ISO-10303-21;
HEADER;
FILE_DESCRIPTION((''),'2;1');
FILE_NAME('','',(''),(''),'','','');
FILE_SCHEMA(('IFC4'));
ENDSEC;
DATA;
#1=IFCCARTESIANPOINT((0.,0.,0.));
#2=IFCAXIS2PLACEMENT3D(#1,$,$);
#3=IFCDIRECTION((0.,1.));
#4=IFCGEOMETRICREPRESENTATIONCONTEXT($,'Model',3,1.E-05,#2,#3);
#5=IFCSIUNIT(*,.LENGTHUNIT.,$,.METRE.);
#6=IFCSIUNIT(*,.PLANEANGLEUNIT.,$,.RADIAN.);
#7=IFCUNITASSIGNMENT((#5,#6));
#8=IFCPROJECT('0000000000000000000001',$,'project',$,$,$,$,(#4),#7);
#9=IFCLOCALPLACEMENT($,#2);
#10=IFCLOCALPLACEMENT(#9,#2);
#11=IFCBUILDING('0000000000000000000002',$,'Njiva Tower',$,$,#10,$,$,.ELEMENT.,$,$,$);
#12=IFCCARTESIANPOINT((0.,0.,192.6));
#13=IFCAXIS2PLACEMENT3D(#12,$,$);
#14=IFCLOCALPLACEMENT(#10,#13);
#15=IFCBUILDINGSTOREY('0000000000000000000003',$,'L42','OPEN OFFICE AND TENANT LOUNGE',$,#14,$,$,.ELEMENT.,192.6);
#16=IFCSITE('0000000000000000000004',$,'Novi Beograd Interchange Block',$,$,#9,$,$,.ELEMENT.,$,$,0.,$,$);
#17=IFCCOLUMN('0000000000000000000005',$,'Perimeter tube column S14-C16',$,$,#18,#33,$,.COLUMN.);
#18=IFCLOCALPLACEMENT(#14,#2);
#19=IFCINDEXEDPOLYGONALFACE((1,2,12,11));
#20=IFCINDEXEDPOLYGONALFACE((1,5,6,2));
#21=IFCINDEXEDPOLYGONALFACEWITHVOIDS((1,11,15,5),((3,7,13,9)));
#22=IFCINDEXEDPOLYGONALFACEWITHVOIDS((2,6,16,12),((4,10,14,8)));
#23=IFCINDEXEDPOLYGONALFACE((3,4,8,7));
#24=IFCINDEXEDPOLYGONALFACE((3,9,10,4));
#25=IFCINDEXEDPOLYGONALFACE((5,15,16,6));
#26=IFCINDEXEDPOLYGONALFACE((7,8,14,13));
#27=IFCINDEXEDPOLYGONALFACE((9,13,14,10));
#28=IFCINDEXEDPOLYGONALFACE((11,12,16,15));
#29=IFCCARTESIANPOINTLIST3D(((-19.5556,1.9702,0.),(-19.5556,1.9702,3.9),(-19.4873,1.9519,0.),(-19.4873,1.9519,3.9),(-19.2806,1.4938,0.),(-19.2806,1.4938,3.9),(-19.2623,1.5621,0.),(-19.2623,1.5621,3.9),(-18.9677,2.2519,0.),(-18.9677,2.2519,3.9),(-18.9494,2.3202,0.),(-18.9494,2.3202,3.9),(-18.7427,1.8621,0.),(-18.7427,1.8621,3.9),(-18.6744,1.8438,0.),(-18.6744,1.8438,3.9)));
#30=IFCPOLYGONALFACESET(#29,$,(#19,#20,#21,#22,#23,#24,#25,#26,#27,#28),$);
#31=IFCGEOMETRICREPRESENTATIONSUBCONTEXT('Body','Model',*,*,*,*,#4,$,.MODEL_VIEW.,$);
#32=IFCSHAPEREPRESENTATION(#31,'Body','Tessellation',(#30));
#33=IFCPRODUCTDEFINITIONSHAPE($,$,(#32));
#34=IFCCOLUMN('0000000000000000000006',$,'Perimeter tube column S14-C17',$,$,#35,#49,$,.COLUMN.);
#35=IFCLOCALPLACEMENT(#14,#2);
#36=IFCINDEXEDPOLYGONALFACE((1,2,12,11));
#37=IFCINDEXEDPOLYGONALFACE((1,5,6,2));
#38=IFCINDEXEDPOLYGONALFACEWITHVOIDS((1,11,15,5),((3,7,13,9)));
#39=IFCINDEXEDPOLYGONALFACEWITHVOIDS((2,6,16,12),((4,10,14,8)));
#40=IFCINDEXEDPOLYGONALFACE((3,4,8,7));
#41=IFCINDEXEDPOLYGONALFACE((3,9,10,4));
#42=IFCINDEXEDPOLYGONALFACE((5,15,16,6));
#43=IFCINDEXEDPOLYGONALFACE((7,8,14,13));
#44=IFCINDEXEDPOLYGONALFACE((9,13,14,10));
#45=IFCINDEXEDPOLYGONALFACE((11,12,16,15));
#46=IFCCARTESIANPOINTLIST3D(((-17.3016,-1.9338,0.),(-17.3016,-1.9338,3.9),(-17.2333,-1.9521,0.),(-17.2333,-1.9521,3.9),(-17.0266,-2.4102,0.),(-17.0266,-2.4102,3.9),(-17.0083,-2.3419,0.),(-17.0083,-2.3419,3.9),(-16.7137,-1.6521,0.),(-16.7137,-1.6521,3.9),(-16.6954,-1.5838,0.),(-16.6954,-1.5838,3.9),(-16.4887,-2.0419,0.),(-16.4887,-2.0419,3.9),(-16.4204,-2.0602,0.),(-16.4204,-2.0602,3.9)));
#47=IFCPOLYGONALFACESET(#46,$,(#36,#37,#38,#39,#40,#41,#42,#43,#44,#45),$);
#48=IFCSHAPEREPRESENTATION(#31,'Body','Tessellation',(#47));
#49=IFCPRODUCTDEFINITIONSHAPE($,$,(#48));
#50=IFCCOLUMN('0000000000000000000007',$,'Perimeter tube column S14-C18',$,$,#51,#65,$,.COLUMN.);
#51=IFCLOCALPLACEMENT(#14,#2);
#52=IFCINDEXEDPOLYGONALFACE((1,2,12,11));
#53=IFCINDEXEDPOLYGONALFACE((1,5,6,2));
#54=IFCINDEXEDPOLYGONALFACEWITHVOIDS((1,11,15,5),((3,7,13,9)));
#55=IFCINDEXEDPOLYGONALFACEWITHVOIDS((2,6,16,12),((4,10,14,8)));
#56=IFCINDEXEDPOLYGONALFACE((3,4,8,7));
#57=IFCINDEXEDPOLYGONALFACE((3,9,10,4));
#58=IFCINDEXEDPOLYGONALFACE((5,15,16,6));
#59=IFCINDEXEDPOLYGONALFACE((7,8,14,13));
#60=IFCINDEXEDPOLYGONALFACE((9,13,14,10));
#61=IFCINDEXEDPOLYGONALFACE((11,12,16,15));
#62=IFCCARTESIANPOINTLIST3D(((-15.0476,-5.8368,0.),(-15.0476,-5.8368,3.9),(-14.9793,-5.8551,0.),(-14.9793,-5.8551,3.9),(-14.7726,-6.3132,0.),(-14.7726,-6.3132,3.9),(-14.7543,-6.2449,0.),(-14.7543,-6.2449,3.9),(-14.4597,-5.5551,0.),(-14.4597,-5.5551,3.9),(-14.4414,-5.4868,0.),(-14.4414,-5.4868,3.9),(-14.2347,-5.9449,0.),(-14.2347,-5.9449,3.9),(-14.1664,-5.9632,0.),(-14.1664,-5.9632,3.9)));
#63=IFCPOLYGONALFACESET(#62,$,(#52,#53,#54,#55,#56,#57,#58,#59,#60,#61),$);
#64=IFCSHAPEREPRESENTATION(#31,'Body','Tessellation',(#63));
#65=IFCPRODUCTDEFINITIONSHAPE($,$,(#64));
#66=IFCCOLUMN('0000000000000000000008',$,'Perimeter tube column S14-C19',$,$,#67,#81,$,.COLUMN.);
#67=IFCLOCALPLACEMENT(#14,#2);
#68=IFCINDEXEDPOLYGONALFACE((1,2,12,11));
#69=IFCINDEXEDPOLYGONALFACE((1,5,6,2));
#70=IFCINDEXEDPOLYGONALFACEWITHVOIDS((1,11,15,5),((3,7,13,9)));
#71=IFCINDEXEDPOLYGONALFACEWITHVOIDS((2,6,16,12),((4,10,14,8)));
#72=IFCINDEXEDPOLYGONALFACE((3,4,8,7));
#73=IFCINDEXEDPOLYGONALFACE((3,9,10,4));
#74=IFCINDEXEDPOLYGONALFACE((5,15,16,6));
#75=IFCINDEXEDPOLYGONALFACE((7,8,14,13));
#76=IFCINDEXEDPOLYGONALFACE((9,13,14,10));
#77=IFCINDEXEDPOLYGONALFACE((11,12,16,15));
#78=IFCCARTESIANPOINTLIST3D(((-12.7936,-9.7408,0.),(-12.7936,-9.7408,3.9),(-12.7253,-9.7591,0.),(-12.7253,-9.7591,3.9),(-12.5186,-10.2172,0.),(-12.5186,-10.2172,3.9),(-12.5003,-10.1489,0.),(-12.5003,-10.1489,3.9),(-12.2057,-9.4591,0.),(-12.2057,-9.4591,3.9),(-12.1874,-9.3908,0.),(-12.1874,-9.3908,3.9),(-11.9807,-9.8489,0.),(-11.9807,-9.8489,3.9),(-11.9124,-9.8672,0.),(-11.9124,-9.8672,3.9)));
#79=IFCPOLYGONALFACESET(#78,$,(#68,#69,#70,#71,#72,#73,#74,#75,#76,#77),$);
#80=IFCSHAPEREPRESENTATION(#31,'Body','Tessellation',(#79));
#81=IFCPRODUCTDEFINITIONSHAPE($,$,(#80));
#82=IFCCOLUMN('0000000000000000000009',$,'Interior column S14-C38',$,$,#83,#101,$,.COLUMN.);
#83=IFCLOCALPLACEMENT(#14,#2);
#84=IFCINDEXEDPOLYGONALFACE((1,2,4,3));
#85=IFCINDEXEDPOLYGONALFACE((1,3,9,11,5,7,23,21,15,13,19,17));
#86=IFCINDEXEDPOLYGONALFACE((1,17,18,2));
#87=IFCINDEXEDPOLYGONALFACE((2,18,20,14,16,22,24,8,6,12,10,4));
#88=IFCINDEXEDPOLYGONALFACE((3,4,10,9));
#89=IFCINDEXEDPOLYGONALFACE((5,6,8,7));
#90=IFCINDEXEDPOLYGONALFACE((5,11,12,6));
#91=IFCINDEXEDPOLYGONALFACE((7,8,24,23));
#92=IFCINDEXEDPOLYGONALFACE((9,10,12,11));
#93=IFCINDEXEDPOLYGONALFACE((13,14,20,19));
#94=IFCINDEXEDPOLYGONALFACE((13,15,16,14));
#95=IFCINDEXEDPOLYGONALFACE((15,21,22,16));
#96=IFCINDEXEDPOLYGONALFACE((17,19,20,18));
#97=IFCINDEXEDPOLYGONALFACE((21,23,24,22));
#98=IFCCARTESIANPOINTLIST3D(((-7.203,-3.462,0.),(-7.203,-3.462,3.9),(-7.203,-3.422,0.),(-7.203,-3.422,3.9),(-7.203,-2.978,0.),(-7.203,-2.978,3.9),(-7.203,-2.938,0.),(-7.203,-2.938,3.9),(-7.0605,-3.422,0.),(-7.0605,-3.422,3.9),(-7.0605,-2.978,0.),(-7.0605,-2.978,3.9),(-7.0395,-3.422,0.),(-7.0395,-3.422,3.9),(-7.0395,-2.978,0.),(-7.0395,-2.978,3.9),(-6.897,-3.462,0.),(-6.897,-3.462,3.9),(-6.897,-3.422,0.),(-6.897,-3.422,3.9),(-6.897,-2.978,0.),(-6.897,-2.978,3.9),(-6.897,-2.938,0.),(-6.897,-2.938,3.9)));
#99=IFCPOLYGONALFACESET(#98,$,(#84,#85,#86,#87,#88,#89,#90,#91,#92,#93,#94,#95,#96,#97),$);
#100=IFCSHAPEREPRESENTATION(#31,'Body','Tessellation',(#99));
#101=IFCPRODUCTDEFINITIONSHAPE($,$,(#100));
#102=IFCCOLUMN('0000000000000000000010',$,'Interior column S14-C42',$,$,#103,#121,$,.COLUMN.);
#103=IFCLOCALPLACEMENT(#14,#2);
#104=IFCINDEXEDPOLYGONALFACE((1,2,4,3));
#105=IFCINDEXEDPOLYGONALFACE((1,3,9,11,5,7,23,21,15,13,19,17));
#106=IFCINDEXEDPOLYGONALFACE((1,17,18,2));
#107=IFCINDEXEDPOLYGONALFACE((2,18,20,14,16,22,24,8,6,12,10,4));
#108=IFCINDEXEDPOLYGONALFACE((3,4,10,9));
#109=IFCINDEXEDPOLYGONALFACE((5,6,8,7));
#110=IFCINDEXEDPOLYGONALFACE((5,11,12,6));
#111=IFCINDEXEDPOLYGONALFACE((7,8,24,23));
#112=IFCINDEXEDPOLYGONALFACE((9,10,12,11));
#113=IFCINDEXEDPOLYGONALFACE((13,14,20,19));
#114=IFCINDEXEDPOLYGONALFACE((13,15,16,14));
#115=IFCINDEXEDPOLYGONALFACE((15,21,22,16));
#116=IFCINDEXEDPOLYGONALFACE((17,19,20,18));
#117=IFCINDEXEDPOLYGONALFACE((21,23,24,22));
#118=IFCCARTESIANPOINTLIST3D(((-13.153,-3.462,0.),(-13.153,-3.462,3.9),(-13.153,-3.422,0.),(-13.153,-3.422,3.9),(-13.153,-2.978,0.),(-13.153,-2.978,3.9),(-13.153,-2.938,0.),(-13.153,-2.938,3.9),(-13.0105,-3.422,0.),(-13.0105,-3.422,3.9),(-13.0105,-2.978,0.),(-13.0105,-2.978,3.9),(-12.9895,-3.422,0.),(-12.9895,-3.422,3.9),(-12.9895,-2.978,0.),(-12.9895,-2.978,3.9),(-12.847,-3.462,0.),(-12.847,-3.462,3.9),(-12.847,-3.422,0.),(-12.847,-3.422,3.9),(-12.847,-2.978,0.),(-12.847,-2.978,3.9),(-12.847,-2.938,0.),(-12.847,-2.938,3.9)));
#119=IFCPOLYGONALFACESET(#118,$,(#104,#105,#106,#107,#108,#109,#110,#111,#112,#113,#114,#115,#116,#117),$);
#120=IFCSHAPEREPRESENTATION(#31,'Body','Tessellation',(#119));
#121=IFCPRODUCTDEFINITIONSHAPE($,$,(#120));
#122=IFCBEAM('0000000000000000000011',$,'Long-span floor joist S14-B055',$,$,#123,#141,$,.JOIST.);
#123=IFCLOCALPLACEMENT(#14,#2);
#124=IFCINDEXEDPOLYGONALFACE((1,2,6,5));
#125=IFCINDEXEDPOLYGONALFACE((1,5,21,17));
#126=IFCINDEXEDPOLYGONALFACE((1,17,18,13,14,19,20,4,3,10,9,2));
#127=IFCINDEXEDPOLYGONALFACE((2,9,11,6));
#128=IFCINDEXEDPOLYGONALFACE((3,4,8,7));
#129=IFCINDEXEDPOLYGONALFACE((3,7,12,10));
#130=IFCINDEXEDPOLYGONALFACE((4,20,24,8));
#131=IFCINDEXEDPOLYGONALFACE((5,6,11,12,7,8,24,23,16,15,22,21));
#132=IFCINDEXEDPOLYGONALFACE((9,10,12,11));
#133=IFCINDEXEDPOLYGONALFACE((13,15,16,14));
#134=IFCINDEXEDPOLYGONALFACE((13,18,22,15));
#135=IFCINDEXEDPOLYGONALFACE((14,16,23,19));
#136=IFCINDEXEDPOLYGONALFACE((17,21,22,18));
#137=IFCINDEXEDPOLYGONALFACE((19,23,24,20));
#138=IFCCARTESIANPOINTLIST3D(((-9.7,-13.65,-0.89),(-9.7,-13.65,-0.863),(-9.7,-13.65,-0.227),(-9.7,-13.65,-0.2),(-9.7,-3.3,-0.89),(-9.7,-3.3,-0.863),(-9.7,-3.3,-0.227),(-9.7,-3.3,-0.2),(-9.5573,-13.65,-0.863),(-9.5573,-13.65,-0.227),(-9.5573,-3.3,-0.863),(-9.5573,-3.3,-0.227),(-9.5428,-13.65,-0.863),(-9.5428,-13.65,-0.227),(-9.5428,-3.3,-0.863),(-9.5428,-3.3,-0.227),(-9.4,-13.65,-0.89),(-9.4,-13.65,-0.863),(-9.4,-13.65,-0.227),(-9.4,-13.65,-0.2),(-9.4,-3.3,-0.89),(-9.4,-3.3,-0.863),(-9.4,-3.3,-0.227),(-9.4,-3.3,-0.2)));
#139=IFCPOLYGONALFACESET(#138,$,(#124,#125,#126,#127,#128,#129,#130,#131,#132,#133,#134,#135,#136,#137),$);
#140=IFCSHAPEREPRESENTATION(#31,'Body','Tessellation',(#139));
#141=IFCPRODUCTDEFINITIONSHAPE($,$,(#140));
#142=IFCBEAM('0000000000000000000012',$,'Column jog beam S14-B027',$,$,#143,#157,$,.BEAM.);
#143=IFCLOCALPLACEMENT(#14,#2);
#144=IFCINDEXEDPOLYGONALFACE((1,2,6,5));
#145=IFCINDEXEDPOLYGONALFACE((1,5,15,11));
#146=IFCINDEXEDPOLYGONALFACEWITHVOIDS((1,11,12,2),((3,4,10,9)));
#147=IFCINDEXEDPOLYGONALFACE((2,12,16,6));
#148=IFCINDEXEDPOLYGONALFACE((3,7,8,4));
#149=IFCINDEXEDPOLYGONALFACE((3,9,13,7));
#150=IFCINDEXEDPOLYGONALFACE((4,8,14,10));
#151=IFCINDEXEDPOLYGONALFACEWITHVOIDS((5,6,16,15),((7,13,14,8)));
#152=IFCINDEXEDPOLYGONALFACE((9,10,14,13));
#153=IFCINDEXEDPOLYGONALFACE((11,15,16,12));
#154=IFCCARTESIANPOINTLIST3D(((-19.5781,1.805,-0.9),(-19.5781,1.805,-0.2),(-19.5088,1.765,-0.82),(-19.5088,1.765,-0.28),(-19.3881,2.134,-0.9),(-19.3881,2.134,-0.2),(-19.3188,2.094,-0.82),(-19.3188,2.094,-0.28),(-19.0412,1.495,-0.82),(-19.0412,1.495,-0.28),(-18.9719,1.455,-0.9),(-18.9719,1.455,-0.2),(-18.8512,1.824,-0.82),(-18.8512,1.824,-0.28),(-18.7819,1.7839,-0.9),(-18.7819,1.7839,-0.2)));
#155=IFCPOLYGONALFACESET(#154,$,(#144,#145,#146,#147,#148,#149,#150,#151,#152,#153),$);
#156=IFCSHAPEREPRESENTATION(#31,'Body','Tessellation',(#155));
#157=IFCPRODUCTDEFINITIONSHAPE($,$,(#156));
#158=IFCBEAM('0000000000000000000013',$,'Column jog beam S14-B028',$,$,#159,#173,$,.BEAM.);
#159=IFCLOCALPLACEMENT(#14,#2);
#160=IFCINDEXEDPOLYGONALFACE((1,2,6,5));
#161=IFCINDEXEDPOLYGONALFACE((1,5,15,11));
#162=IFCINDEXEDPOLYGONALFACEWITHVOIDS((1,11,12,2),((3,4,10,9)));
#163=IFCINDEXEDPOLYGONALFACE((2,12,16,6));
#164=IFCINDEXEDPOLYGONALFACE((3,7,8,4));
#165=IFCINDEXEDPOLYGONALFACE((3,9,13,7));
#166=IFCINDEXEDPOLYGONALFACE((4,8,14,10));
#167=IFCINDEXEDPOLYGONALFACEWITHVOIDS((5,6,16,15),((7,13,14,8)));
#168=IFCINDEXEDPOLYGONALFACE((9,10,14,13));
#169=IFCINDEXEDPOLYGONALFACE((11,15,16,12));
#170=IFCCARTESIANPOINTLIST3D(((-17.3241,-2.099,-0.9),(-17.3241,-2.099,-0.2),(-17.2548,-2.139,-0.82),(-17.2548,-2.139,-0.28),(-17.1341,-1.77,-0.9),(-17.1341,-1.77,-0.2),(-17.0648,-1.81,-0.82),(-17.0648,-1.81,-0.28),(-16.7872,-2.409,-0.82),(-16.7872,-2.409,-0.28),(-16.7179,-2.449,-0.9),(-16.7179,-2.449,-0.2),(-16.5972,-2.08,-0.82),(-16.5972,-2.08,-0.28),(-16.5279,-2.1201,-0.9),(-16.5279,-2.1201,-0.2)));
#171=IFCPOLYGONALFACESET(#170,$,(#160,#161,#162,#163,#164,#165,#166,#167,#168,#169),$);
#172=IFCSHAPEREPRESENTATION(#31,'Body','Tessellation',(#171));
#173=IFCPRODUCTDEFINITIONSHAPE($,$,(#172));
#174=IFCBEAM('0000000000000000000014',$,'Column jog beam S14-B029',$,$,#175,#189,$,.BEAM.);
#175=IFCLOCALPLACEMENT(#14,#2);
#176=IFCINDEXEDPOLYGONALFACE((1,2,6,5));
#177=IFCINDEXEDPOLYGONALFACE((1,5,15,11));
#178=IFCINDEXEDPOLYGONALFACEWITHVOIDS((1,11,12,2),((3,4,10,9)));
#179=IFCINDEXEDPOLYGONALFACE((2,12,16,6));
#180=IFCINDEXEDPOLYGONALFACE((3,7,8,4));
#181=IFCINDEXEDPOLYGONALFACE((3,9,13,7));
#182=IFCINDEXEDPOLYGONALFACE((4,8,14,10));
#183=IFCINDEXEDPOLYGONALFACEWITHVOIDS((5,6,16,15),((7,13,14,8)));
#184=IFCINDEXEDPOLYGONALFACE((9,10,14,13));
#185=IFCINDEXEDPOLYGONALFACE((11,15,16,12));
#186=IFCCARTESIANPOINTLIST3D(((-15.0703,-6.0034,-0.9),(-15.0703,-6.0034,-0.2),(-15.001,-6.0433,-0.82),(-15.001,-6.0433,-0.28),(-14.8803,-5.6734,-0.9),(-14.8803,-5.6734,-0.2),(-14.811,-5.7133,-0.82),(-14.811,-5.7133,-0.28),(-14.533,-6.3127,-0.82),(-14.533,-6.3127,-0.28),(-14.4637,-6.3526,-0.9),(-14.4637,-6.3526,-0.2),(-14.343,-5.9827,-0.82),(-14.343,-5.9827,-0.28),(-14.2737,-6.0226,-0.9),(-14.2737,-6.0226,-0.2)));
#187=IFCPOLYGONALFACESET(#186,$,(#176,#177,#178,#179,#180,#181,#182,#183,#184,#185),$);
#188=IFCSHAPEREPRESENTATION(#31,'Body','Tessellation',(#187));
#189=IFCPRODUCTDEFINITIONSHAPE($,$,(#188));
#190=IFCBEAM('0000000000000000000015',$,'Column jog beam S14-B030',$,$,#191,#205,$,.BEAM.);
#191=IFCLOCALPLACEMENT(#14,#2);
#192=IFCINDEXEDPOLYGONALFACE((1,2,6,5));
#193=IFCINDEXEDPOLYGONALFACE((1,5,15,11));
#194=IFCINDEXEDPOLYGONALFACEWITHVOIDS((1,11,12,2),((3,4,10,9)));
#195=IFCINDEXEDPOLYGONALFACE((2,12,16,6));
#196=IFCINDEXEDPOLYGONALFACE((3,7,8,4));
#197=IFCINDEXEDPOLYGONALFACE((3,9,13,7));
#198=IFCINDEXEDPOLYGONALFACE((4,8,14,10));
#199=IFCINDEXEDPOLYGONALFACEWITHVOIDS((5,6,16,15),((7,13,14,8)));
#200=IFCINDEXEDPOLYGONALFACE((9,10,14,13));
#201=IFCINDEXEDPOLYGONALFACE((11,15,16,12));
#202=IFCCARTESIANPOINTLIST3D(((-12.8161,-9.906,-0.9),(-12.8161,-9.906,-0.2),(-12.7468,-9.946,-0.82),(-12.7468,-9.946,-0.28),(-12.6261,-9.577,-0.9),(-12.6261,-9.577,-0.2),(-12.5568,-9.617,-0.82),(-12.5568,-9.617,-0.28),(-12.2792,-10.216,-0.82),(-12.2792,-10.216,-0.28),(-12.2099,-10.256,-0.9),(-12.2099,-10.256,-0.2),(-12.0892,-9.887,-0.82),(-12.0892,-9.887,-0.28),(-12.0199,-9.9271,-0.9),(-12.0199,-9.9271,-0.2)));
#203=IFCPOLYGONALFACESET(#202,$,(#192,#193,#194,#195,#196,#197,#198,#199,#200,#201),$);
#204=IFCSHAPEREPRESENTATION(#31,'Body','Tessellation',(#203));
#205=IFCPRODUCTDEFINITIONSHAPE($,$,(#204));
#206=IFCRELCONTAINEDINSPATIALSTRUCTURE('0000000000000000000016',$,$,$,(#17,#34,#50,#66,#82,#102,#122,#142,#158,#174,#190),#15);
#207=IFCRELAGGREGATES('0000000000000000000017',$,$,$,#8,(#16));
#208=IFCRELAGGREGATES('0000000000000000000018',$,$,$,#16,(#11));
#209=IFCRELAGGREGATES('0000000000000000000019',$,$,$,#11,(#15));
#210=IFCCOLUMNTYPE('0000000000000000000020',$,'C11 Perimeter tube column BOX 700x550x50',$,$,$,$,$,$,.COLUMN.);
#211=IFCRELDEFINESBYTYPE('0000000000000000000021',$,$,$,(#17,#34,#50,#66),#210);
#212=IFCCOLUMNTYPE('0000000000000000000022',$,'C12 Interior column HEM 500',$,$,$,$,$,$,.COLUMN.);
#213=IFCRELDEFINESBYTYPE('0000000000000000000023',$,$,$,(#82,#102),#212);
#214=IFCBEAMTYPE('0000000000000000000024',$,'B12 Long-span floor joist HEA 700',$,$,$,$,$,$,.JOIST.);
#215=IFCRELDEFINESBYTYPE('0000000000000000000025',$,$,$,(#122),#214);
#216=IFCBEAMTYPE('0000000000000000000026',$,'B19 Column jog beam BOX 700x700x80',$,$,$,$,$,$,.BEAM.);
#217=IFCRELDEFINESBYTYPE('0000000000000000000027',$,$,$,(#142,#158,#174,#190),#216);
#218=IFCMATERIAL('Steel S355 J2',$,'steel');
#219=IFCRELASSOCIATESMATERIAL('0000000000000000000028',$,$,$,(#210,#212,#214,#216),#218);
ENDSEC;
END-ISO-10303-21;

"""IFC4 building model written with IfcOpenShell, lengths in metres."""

from ifc_helpers import new_model, si_unit, direction, frame, origin, origin_2d, place, context, subcontext, project, spatial, hollow_rectangle, i_section, extrude, material, material_profile, profile_set, type_object, element, save


model = new_model("IFC4")

# Units and contexts
model_context = context("Model", 3, precision=1e-05, world=origin(), true_north=direction((0.0, 1.0)))
body_context = subcontext(model_context, "Body", "Model", "MODEL_VIEW")
ifc_project = project(units=[si_unit("LENGTHUNIT", "METRE"), si_unit("PLANEANGLEUNIT", "RADIAN")], contexts=[model_context])

# Site, building, storey
site_placement = place(None, origin())
site = spatial("IfcSite", under=ifc_project, at=site_placement, Name="Novi Beograd Interchange Block", CompositionType="ELEMENT", RefElevation=0.0)
building_placement = place(site_placement, origin())
building = spatial("IfcBuilding", under=site, at=building_placement, Name="Njiva Tower", CompositionType="ELEMENT")
storey_placement = place(building_placement, frame((0.0, 0.0, 192.6)))
storey = spatial("IfcBuildingStorey", under=building, at=storey_placement, Name="L42", Description="OPEN OFFICE AND TENANT LOUNGE", CompositionType="ELEMENT", Elevation=192.6)

# Columns
ifc_material_1 = material(Name="Steel S355 J2", Category="steel")
ifc_material_profile_1 = material_profile(ifc_material_1, hollow_rectangle(XDim=0.55, YDim=0.7, WallThickness=0.05, at=origin_2d()), Name="BOX 700x550x50")
ifc_profile_set_1 = profile_set([ifc_material_profile_1], Name="Steel S355 J2")
column_type_1 = type_object("IfcColumnType", Name="C11 Perimeter tube column BOX 700x550x50", PredefinedType="COLUMN", material=ifc_profile_set_1)
for number, where, z_axis, x_axis, name in (
    (1, (-19.115, 1.907, 0.0), (0.0, 0.0, 1.0), (0.5, -0.866025, 0.0), "Perimeter tube column S14-C16"),
    (2, (-16.861, -1.997, 0.0), (0.0, 0.0, 1.0), (0.5, -0.866025, 0.0), "Perimeter tube column S14-C17"),
    (3, (-14.607, -5.9, 0.0), (0.0, 0.0, 1.0), (0.5, -0.866025, 0.0), "Perimeter tube column S14-C18"),
    (4, (-12.353, -9.804, 0.0), (0.0, 0.0, 1.0), (0.5, -0.866025, 0.0), "Perimeter tube column S14-C19"),
):
    element("IfcColumn", number, at=place(storey_placement, frame(where, z_axis=z_axis, x_axis=x_axis)), inside=storey, type_object=column_type_1, Name=name, PredefinedType="COLUMN", context=body_context, shape_type="SweptSolid", body=[
        extrude(hollow_rectangle(XDim=0.55, YDim=0.7, WallThickness=0.05, at=origin_2d()), origin(), (0.0, 0.0, 1.0), 3.9),
    ])
ifc_material_profile_2 = material_profile(ifc_material_1, i_section(OverallWidth=0.306, OverallDepth=0.524, WebThickness=0.021, FlangeThickness=0.04, at=origin_2d()), Name="HEM 500")
ifc_profile_set_2 = profile_set([ifc_material_profile_2], Name="Steel S355 J2")
column_type_2 = type_object("IfcColumnType", Name="C12 Interior column HEM 500", PredefinedType="COLUMN", material=ifc_profile_set_2)
for number, where, z_axis, x_axis, name in (
    (5, (-7.05, -3.2, 0.0), (0.0, 0.0, 1.0), (1.0, 0.0, 0.0), "Interior column S14-C38"),
    (6, (-13.0, -3.2, 0.0), (0.0, 0.0, 1.0), (1.0, 0.0, 0.0), "Interior column S14-C42"),
):
    element("IfcColumn", number, at=place(storey_placement, frame(where, z_axis=z_axis, x_axis=x_axis)), inside=storey, type_object=column_type_2, Name=name, PredefinedType="COLUMN", context=body_context, shape_type="SweptSolid", body=[
        extrude(i_section(OverallWidth=0.306, OverallDepth=0.524, WebThickness=0.021, FlangeThickness=0.04, at=origin_2d()), origin(), (0.0, 0.0, 1.0), 3.9),
    ])

# Beams
ifc_material_profile_3 = material_profile(ifc_material_1, i_section(OverallWidth=0.3, OverallDepth=0.69, WebThickness=0.0145, FlangeThickness=0.027, at=origin_2d()), Name="HEA 700")
ifc_profile_set_3 = profile_set([ifc_material_profile_3], Name="Steel S355 J2")
beam_type_1 = type_object("IfcBeamType", Name="B12 Long-span floor joist HEA 700", PredefinedType="JOIST", material=ifc_profile_set_3)
beam_1_placement = place(storey_placement, frame((-9.55, -3.3, -0.545), z_axis=(0.0, -1.0, 0.0), x_axis=(1.0, 0.0, 0.0)))
element("IfcBeam", 7, at=beam_1_placement, inside=storey, type_object=beam_type_1, Name="Long-span floor joist S14-B055", PredefinedType="JOIST", context=body_context, shape_type="SweptSolid", body=[
    extrude(i_section(OverallWidth=0.3, OverallDepth=0.69, WebThickness=0.0145, FlangeThickness=0.027, at=origin_2d()), origin(), (0.0, 0.0, 1.0), 10.35),
])
ifc_material_profile_4 = material_profile(ifc_material_1, hollow_rectangle(XDim=0.7, YDim=0.7, WallThickness=0.08, at=origin_2d()), Name="BOX 700x700x80")
ifc_profile_set_4 = profile_set([ifc_material_profile_4], Name="Steel S355 J2")
beam_type_2 = type_object("IfcBeamType", Name="B19 Column jog beam BOX 700x700x80", PredefinedType="BEAM", material=ifc_profile_set_4)
for number, where, z_axis, x_axis, name in (
    (8, (-19.275, 1.63, -0.55), (0.500102, 0.865966, 0.0), (-0.865966, 0.500102, 0.0), "Column jog beam S14-B027"),
    (9, (-17.021, -2.274, -0.55), (0.500102, 0.865966, 0.0), (-0.865966, 0.500102, 0.0), "Column jog beam S14-B028"),
):
    element("IfcBeam", number, at=place(storey_placement, frame(where, z_axis=z_axis, x_axis=x_axis)), inside=storey, type_object=beam_type_2, Name=name, PredefinedType="BEAM", context=body_context, shape_type="SweptSolid", body=[
        extrude(hollow_rectangle(XDim=0.7, YDim=0.7, WallThickness=0.08, at=origin_2d()), origin(), (0.0, 0.0, 1.0), 0.3799),
    ])
beam_2_placement = place(storey_placement, frame((-14.767, -6.178, -0.55), z_axis=(0.498964, 0.866622, 0.0), x_axis=(-0.866622, 0.498964, 0.0)))
element("IfcBeam", 10, at=beam_2_placement, inside=storey, type_object=beam_type_2, Name="Column jog beam S14-B029", PredefinedType="BEAM", context=body_context, shape_type="SweptSolid", body=[
    extrude(hollow_rectangle(XDim=0.7, YDim=0.7, WallThickness=0.08, at=origin_2d()), origin(), (0.0, 0.0, 1.0), 0.3808),
])
beam_3_placement = place(storey_placement, frame((-12.513, -10.081, -0.55), z_axis=(0.500102, 0.865966, 0.0), x_axis=(-0.865966, 0.500102, 0.0)))
element("IfcBeam", 11, at=beam_3_placement, inside=storey, type_object=beam_type_2, Name="Column jog beam S14-B030", PredefinedType="BEAM", context=body_context, shape_type="SweptSolid", body=[
    extrude(hollow_rectangle(XDim=0.7, YDim=0.7, WallThickness=0.08, at=origin_2d()), origin(), (0.0, 0.0, 1.0), 0.3799),
])

save(model, "model.ifc")
